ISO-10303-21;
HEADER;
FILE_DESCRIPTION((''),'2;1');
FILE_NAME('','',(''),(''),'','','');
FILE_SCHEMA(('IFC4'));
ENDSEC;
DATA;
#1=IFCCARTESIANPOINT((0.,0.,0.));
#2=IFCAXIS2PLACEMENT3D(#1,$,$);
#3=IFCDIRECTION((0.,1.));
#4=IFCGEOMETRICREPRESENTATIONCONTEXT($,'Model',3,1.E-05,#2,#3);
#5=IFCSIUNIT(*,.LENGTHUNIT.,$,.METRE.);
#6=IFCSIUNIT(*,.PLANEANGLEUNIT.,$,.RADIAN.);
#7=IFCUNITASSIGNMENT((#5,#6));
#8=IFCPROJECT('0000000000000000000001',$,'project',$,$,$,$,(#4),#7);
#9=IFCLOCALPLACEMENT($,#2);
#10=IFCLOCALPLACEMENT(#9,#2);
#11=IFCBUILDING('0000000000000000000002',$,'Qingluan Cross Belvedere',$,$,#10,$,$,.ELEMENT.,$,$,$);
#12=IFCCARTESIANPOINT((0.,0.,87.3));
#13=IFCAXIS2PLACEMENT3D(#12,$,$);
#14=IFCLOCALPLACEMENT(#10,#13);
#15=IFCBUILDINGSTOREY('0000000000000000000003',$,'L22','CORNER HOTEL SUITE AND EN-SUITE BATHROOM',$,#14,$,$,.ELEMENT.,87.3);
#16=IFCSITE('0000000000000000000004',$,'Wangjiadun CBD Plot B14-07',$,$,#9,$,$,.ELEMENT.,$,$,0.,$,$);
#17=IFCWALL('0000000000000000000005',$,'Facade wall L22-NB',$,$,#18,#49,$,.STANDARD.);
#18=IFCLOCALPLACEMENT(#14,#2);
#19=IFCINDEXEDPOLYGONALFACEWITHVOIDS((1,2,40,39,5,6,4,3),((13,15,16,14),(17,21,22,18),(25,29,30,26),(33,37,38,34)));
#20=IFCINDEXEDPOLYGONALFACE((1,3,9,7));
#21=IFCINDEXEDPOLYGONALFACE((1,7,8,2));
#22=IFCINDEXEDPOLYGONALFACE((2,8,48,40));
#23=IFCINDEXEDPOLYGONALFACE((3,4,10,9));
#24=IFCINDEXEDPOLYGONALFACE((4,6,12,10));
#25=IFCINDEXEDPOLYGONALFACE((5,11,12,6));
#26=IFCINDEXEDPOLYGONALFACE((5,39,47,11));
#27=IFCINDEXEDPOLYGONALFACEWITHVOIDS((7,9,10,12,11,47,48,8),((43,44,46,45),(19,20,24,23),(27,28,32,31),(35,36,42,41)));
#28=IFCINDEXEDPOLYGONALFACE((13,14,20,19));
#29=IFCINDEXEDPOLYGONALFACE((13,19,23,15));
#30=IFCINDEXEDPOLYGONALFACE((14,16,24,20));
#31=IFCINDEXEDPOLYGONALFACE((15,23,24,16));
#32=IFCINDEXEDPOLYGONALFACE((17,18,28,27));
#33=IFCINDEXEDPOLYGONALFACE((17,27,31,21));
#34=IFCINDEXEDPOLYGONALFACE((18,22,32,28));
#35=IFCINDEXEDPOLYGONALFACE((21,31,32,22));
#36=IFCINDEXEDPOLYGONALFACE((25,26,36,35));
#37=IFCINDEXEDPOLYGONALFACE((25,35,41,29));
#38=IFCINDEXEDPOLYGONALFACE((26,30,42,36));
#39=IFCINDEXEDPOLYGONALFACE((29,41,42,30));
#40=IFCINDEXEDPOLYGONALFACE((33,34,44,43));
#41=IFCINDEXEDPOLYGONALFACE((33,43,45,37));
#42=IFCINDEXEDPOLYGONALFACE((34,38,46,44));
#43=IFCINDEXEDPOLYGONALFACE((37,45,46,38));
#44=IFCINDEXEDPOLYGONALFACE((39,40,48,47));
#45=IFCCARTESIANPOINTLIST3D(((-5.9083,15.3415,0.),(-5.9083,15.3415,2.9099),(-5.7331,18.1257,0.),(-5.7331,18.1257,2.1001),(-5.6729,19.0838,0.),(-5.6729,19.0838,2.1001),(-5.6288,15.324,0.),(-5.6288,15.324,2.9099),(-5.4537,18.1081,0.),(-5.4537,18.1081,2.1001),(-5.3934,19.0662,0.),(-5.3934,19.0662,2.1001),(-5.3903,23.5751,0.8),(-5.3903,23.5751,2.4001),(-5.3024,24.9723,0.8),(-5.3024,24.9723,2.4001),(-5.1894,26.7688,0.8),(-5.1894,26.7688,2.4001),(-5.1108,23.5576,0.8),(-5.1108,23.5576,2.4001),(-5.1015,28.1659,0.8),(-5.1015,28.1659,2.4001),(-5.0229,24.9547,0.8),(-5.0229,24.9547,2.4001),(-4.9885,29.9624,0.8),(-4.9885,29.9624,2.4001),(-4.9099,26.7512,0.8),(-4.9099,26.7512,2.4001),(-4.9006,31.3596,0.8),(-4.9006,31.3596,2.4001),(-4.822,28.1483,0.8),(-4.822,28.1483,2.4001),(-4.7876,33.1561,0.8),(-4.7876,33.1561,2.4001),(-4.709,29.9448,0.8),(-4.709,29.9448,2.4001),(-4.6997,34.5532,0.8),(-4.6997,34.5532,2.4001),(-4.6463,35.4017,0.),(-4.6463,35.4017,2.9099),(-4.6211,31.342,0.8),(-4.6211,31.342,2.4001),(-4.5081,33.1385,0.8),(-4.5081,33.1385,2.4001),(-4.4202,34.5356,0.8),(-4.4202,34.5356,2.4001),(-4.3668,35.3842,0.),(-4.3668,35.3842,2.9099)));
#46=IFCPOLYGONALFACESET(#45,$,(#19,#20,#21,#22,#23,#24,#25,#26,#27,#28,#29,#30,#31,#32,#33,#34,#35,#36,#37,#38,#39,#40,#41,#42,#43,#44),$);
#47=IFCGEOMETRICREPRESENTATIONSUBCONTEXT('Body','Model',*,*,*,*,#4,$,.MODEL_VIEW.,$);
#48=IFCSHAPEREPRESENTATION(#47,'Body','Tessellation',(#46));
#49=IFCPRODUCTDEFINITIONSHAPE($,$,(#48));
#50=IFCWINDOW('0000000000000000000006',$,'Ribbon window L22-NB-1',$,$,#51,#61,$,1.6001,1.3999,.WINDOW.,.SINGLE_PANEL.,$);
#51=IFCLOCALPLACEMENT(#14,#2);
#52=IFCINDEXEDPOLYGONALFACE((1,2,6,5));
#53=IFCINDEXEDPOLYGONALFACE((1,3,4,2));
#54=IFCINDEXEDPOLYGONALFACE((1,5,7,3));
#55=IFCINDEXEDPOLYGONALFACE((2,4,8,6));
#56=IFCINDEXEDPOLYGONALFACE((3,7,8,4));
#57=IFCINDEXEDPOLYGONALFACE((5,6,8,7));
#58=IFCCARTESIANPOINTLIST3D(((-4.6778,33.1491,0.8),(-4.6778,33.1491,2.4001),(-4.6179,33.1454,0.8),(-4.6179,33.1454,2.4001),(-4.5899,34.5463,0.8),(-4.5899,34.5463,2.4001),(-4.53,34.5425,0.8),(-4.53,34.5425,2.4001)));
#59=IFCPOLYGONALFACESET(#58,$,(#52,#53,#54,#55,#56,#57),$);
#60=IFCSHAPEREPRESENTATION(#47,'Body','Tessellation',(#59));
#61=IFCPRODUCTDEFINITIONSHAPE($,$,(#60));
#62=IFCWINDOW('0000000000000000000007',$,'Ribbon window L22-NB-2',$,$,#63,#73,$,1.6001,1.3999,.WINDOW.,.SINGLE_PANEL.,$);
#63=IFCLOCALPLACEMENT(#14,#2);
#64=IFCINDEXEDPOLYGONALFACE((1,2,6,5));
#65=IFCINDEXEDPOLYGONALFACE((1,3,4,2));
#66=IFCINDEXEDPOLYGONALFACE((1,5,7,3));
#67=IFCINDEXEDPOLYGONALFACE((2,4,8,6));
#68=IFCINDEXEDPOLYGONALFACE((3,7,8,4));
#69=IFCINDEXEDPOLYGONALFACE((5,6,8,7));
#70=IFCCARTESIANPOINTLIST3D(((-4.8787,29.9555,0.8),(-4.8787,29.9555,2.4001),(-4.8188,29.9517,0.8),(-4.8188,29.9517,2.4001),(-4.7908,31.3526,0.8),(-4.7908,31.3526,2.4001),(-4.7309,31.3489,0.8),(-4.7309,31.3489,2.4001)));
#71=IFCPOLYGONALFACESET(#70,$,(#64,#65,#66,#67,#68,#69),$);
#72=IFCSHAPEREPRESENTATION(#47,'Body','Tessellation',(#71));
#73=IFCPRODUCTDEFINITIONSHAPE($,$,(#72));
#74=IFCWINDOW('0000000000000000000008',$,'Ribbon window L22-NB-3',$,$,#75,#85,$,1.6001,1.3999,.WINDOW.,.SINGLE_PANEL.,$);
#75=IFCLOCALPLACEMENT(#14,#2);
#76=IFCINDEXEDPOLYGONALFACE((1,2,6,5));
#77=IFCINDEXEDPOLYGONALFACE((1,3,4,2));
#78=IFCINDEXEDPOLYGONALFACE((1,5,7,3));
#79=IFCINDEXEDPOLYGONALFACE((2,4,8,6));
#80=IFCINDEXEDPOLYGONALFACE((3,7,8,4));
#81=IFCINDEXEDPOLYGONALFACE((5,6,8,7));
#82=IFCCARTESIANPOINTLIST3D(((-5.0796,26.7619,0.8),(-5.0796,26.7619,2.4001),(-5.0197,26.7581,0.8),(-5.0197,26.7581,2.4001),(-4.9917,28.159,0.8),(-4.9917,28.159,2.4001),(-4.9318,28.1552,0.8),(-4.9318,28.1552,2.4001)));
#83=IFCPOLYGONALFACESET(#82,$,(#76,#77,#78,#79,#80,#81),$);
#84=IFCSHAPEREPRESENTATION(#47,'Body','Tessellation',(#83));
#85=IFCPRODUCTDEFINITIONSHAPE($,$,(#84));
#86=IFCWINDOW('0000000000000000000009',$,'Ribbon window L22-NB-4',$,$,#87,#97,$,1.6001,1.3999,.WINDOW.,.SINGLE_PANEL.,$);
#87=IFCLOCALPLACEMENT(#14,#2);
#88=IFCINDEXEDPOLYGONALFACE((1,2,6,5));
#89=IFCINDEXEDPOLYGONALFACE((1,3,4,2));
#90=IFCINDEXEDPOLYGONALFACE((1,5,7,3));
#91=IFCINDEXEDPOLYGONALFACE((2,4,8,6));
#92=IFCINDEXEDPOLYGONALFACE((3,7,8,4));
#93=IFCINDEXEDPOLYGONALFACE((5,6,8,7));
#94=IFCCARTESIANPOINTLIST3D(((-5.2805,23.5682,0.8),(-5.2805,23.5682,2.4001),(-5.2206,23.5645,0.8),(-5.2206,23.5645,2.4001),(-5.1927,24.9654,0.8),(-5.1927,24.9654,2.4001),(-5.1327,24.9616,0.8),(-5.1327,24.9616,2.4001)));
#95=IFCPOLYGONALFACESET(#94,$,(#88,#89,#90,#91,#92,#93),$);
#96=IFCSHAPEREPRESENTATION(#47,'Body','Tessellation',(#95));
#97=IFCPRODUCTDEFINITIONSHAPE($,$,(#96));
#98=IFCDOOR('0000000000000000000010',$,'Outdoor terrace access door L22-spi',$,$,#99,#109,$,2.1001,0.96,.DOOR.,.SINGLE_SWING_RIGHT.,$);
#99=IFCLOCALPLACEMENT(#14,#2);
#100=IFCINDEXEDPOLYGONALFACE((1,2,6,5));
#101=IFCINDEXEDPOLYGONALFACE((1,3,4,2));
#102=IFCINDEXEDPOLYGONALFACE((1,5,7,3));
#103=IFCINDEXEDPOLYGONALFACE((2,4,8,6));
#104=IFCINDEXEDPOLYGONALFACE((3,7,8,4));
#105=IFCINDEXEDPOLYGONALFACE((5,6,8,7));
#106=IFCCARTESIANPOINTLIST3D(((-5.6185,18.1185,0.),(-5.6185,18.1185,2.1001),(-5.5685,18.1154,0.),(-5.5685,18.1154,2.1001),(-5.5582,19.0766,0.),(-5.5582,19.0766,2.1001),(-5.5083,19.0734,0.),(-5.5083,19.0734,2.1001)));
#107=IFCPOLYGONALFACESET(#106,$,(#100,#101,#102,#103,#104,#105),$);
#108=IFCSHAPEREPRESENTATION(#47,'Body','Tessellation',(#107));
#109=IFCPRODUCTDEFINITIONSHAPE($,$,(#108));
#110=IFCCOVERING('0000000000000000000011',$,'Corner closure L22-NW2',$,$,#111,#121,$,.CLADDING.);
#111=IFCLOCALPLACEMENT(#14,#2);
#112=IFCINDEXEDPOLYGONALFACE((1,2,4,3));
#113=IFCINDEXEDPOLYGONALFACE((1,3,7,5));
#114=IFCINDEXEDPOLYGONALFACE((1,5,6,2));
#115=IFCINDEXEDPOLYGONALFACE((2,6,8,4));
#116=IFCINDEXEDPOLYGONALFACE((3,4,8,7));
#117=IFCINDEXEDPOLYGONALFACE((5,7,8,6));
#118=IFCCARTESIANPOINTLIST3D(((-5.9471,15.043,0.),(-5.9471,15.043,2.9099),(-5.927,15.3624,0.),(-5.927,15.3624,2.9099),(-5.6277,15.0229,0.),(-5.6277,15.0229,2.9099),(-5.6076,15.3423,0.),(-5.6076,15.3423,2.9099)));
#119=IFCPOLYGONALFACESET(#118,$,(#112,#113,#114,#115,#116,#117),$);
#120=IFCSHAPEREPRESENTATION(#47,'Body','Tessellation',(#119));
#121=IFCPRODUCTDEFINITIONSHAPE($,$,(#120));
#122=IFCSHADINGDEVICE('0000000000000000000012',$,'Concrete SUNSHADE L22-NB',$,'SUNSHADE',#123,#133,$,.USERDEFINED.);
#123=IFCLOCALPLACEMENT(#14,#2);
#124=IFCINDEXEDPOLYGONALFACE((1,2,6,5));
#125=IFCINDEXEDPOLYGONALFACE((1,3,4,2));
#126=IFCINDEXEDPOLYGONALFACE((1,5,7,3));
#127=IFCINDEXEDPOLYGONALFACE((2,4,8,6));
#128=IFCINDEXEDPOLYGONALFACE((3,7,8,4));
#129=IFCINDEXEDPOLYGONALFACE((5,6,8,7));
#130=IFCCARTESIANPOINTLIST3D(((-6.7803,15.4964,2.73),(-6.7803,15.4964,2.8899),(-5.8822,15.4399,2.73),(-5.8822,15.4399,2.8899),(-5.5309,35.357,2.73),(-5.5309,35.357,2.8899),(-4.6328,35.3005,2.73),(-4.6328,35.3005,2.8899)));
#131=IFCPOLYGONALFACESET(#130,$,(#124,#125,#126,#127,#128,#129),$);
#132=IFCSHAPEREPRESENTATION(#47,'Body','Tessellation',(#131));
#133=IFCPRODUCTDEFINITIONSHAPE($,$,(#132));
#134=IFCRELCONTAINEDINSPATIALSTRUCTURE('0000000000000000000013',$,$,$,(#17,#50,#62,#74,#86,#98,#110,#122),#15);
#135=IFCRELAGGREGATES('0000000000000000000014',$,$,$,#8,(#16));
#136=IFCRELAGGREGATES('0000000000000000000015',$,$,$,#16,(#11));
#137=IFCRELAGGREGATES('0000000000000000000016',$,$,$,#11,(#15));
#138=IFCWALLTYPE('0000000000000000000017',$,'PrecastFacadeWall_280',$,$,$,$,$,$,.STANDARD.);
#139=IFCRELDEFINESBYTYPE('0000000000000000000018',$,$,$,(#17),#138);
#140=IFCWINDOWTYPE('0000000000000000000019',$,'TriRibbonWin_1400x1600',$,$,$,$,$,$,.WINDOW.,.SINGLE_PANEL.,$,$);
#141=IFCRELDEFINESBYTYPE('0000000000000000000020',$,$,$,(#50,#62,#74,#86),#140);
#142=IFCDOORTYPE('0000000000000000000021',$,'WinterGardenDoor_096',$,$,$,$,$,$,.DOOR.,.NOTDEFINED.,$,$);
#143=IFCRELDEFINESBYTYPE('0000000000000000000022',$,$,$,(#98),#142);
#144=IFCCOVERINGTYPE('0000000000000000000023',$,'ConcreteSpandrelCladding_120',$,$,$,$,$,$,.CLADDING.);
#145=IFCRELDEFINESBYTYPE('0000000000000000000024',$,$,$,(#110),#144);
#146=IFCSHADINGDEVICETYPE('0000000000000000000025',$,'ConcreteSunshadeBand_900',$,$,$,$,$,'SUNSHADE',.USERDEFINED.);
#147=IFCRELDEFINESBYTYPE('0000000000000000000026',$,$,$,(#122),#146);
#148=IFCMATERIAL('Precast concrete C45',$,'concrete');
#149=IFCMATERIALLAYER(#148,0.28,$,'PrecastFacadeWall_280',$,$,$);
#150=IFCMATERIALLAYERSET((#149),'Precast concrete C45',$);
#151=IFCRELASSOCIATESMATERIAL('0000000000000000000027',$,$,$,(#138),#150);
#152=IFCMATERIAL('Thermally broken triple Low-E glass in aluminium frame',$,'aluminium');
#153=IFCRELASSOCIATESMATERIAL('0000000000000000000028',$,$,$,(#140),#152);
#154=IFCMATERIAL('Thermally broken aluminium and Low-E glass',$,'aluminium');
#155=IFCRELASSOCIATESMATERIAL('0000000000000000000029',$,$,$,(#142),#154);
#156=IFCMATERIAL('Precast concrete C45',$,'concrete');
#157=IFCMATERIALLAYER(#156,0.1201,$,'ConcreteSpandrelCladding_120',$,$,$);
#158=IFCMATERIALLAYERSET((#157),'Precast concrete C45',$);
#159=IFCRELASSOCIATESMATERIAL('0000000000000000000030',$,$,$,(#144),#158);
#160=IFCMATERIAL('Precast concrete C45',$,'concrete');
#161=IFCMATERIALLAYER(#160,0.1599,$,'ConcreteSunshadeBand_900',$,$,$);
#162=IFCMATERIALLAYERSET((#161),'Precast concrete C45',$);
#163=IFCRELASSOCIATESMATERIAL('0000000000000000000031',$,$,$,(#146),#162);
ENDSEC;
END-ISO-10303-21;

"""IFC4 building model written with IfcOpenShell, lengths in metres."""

from ifc_helpers import new_model, si_unit, direction, frame, frame_2d, origin, origin_2d, place, context, subcontext, project, spatial, rectangle, extrude, material, layer, layer_set, type_object, element, fill, save


model = new_model("IFC4")

# Units and contexts
model_context = context("Model", 3, precision=1e-05, world=origin(), true_north=direction((0.0, 1.0)))
body_context = subcontext(model_context, "Body", "Model", "MODEL_VIEW")
ifc_project = project(units=[si_unit("LENGTHUNIT", "METRE"), si_unit("PLANEANGLEUNIT", "RADIAN")], contexts=[model_context])

# Site, building, storey
site_placement = place(None, origin())
site = spatial("IfcSite", under=ifc_project, at=site_placement, Name="Wangjiadun CBD Plot B14-07", CompositionType="ELEMENT", RefElevation=0.0)
building_placement = place(site_placement, origin())
building = spatial("IfcBuilding", under=site, at=building_placement, Name="Qingluan Cross Belvedere", CompositionType="ELEMENT")
storey_placement = place(building_placement, frame((0.0, 0.0, 87.3)))
storey = spatial("IfcBuildingStorey", under=building, at=storey_placement, Name="L22", Description="CORNER HOTEL SUITE AND EN-SUITE BATHROOM", CompositionType="ELEMENT", Elevation=87.3)

# Wall, openings, windows, door
ifc_material_1 = material(Name="Precast concrete C45", Category="concrete")
ifc_layer_1 = layer(ifc_material_1, 0.28, Name="PrecastFacadeWall_280")
ifc_layer_set_1 = layer_set([ifc_layer_1], Name="Precast concrete C45")
wall_type_1 = type_object("IfcWallType", Name="PrecastFacadeWall_280", PredefinedType="STANDARD", material=ifc_layer_set_1)
wall_1_placement = place(storey_placement, frame((-4.5066, 35.3928, 0.0), z_axis=(0.0, 0.0, 1.0), x_axis=(-0.062784, -0.998027, 0.0)))
wall_1 = element("IfcWall", 1, at=wall_1_placement, inside=storey, type_object=wall_type_1, Name="Facade wall L22-NB", PredefinedType="STANDARD", context=body_context, shape_type="SweptSolid", body=[
    extrude(rectangle(XDim=20.0999, YDim=0.28, at=frame_2d((10.0498, 0.0))), origin(), (0.0, 0.0, 1.0), 2.9099),
])
opening_1_placement = place(wall_1_placement, frame((0.8501, 0.0, 0.8)))
opening_1 = element("IfcOpeningElement", 2, at=opening_1_placement, cuts=wall_1, PredefinedType="OPENING", context=body_context, shape_type="SweptSolid", body=[
    extrude(rectangle(XDim=1.3999, YDim=1.6001, at=frame_2d((0.7, 0.8))), frame((0.0, 0.1499, 0.0), z_axis=(0.0, -1.0, 0.0), x_axis=(1.0, 0.0, 0.0)), (0.0, 0.0, 1.0), 0.3),
])
opening_2_placement = place(wall_1_placement, frame((4.05, 0.0, 0.8)))
opening_2 = element("IfcOpeningElement", 3, at=opening_2_placement, cuts=wall_1, PredefinedType="OPENING", context=body_context, shape_type="SweptSolid", body=[
    extrude(rectangle(XDim=1.3999, YDim=1.6001, at=frame_2d((0.7, 0.8))), frame((0.0, 0.1499, 0.0), z_axis=(0.0, -1.0, 0.0), x_axis=(1.0, 0.0, 0.0)), (0.0, 0.0, 1.0), 0.3),
])
opening_3_placement = place(wall_1_placement, frame((7.25, 0.0, 0.8)))
opening_3 = element("IfcOpeningElement", 4, at=opening_3_placement, cuts=wall_1, PredefinedType="OPENING", context=body_context, shape_type="SweptSolid", body=[
    extrude(rectangle(XDim=1.3999, YDim=1.6001, at=frame_2d((0.7, 0.8))), frame((0.0, 0.1499, 0.0), z_axis=(0.0, -1.0, 0.0), x_axis=(1.0, 0.0, 0.0)), (0.0, 0.0, 1.0), 0.3),
])
opening_4_placement = place(wall_1_placement, frame((10.45, 0.0, 0.8)))
opening_4 = element("IfcOpeningElement", 5, at=opening_4_placement, cuts=wall_1, PredefinedType="OPENING", context=body_context, shape_type="SweptSolid", body=[
    extrude(rectangle(XDim=1.3999, YDim=1.6001, at=frame_2d((0.7, 0.8))), frame((0.0, 0.1499, 0.0), z_axis=(0.0, -1.0, 0.0), x_axis=(1.0, 0.0, 0.0)), (0.0, 0.0, 1.0), 0.3),
])
opening_5_placement = place(wall_1_placement, frame((16.3501, 0.0, 0.0)))
opening_5 = element("IfcOpeningElement", 6, at=opening_5_placement, cuts=wall_1, PredefinedType="OPENING", context=body_context, shape_type="SweptSolid", body=[
    extrude(rectangle(XDim=0.96, YDim=2.1001, at=frame_2d((0.48, 1.05))), frame((0.0, 0.1499, 0.0), z_axis=(0.0, -1.0, 0.0), x_axis=(1.0, 0.0, 0.0)), (0.0, 0.0, 1.0), 0.3),
])
ifc_material_2 = material(Name="Thermally broken triple Low-E glass in aluminium frame", Category="aluminium")
window_type = type_object("IfcWindowType", Name="TriRibbonWin_1400x1600", PartitioningType="SINGLE_PANEL", PredefinedType="WINDOW", material=ifc_material_2)
window_1_placement = place(opening_1_placement, origin())
window_1 = element("IfcWindow", 7, at=window_1_placement, inside=storey, type_object=window_type, Name="Ribbon window L22-NB-1", OverallHeight=1.6001, OverallWidth=1.3999, PartitioningType="SINGLE_PANEL", PredefinedType="WINDOW", context=body_context, shape_type="SweptSolid", body=[
    extrude(rectangle(XDim=1.3999, YDim=1.6001, at=frame_2d((0.7, 0.8))), frame((0.0, 0.03, 0.0), z_axis=(0.0, -1.0, 0.0), x_axis=(1.0, 0.0, 0.0)), (0.0, 0.0, 1.0), 0.0601),
])
fill(opening_1, window_1)
window_2_placement = place(opening_2_placement, origin())
window_2 = element("IfcWindow", 8, at=window_2_placement, inside=storey, type_object=window_type, Name="Ribbon window L22-NB-2", OverallHeight=1.6001, OverallWidth=1.3999, PartitioningType="SINGLE_PANEL", PredefinedType="WINDOW", context=body_context, shape_type="SweptSolid", body=[
    extrude(rectangle(XDim=1.3999, YDim=1.6001, at=frame_2d((0.7, 0.8))), frame((0.0, 0.03, 0.0), z_axis=(0.0, -1.0, 0.0), x_axis=(1.0, 0.0, 0.0)), (0.0, 0.0, 1.0), 0.0601),
])
fill(opening_2, window_2)
window_3_placement = place(opening_3_placement, origin())
window_3 = element("IfcWindow", 9, at=window_3_placement, inside=storey, type_object=window_type, Name="Ribbon window L22-NB-3", OverallHeight=1.6001, OverallWidth=1.3999, PartitioningType="SINGLE_PANEL", PredefinedType="WINDOW", context=body_context, shape_type="SweptSolid", body=[
    extrude(rectangle(XDim=1.3999, YDim=1.6001, at=frame_2d((0.7, 0.8))), frame((0.0, 0.03, 0.0), z_axis=(0.0, -1.0, 0.0), x_axis=(1.0, 0.0, 0.0)), (0.0, 0.0, 1.0), 0.0601),
])
fill(opening_3, window_3)
window_4_placement = place(opening_4_placement, origin())
window_4 = element("IfcWindow", 10, at=window_4_placement, inside=storey, type_object=window_type, Name="Ribbon window L22-NB-4", OverallHeight=1.6001, OverallWidth=1.3999, PartitioningType="SINGLE_PANEL", PredefinedType="WINDOW", context=body_context, shape_type="SweptSolid", body=[
    extrude(rectangle(XDim=1.3999, YDim=1.6001, at=frame_2d((0.7, 0.8))), frame((0.0, 0.03, 0.0), z_axis=(0.0, -1.0, 0.0), x_axis=(1.0, 0.0, 0.0)), (0.0, 0.0, 1.0), 0.0601),
])
fill(opening_4, window_4)
ifc_material_3 = material(Name="Thermally broken aluminium and Low-E glass", Category="aluminium")
door_type_1 = type_object("IfcDoorType", Name="WinterGardenDoor_096", OperationType="NOTDEFINED", PredefinedType="DOOR", material=ifc_material_3)
door_1_placement = place(opening_5_placement, origin())
door_1 = element("IfcDoor", 11, at=door_1_placement, inside=storey, type_object=door_type_1, Name="Outdoor terrace access door L22-spi", OperationType="SINGLE_SWING_RIGHT", OverallHeight=2.1001, OverallWidth=0.96, PredefinedType="DOOR", context=body_context, shape_type="SweptSolid", body=[
    extrude(rectangle(XDim=0.96, YDim=2.1001, at=frame_2d((0.48, 1.05))), frame((0.0, 0.0249, 0.0), z_axis=(0.0, -1.0, 0.0), x_axis=(1.0, 0.0, 0.0)), (0.0, 0.0, 1.0), 0.05),
])
fill(opening_5, door_1)

# Covering
ifc_material_4 = material(Name="Precast concrete C45", Category="concrete")
ifc_layer_2 = layer(ifc_material_4, 0.1201, Name="ConcreteSpandrelCladding_120")
ifc_layer_set_2 = layer_set([ifc_layer_2], Name="Precast concrete C45")
covering_type = type_object("IfcCoveringType", Name="ConcreteSpandrelCladding_120", PredefinedType="CLADDING", material=ifc_layer_set_2)
covering_placement = place(storey_placement, frame((-5.7773, 15.1926, 0.0), z_axis=(0.0, 0.0, 1.0), x_axis=(0.998027, -0.062791, 0.0)))
element("IfcCovering", 12, at=covering_placement, inside=storey, type_object=covering_type, Name="Corner closure L22-NW2", PredefinedType="CLADDING", context=body_context, shape_type="SweptSolid", body=[
    extrude(rectangle(XDim=0.3201, YDim=0.3201, at=origin_2d()), origin(), (0.0, 0.0, 1.0), 2.9099),
])

# Shading device
ifc_material_5 = material(Name="Precast concrete C45", Category="concrete")
ifc_layer_3 = layer(ifc_material_5, 0.1599, Name="ConcreteSunshadeBand_900")
ifc_layer_set_3 = layer_set([ifc_layer_3], Name="Precast concrete C45")
shading_device_type = type_object("IfcShadingDeviceType", Name="ConcreteSunshadeBand_900", ElementType="SUNSHADE", PredefinedType="USERDEFINED", material=ifc_layer_set_3)
shading_device_placement = place(storey_placement, frame((-5.7065, 25.3984, 2.73), z_axis=(0.0, 0.0, 1.0), x_axis=(-0.062786, -0.998027, 0.0)))
element("IfcShadingDevice", 13, at=shading_device_placement, inside=storey, type_object=shading_device_type, Name="Concrete SUNSHADE L22-NB", ObjectType="SUNSHADE", PredefinedType="USERDEFINED", context=body_context, shape_type="SweptSolid", body=[
    extrude(rectangle(XDim=19.8999, YDim=0.8999, at=origin_2d()), origin(), (0.0, 0.0, 1.0), 0.1599),
])

save(model, "model.ifc")
